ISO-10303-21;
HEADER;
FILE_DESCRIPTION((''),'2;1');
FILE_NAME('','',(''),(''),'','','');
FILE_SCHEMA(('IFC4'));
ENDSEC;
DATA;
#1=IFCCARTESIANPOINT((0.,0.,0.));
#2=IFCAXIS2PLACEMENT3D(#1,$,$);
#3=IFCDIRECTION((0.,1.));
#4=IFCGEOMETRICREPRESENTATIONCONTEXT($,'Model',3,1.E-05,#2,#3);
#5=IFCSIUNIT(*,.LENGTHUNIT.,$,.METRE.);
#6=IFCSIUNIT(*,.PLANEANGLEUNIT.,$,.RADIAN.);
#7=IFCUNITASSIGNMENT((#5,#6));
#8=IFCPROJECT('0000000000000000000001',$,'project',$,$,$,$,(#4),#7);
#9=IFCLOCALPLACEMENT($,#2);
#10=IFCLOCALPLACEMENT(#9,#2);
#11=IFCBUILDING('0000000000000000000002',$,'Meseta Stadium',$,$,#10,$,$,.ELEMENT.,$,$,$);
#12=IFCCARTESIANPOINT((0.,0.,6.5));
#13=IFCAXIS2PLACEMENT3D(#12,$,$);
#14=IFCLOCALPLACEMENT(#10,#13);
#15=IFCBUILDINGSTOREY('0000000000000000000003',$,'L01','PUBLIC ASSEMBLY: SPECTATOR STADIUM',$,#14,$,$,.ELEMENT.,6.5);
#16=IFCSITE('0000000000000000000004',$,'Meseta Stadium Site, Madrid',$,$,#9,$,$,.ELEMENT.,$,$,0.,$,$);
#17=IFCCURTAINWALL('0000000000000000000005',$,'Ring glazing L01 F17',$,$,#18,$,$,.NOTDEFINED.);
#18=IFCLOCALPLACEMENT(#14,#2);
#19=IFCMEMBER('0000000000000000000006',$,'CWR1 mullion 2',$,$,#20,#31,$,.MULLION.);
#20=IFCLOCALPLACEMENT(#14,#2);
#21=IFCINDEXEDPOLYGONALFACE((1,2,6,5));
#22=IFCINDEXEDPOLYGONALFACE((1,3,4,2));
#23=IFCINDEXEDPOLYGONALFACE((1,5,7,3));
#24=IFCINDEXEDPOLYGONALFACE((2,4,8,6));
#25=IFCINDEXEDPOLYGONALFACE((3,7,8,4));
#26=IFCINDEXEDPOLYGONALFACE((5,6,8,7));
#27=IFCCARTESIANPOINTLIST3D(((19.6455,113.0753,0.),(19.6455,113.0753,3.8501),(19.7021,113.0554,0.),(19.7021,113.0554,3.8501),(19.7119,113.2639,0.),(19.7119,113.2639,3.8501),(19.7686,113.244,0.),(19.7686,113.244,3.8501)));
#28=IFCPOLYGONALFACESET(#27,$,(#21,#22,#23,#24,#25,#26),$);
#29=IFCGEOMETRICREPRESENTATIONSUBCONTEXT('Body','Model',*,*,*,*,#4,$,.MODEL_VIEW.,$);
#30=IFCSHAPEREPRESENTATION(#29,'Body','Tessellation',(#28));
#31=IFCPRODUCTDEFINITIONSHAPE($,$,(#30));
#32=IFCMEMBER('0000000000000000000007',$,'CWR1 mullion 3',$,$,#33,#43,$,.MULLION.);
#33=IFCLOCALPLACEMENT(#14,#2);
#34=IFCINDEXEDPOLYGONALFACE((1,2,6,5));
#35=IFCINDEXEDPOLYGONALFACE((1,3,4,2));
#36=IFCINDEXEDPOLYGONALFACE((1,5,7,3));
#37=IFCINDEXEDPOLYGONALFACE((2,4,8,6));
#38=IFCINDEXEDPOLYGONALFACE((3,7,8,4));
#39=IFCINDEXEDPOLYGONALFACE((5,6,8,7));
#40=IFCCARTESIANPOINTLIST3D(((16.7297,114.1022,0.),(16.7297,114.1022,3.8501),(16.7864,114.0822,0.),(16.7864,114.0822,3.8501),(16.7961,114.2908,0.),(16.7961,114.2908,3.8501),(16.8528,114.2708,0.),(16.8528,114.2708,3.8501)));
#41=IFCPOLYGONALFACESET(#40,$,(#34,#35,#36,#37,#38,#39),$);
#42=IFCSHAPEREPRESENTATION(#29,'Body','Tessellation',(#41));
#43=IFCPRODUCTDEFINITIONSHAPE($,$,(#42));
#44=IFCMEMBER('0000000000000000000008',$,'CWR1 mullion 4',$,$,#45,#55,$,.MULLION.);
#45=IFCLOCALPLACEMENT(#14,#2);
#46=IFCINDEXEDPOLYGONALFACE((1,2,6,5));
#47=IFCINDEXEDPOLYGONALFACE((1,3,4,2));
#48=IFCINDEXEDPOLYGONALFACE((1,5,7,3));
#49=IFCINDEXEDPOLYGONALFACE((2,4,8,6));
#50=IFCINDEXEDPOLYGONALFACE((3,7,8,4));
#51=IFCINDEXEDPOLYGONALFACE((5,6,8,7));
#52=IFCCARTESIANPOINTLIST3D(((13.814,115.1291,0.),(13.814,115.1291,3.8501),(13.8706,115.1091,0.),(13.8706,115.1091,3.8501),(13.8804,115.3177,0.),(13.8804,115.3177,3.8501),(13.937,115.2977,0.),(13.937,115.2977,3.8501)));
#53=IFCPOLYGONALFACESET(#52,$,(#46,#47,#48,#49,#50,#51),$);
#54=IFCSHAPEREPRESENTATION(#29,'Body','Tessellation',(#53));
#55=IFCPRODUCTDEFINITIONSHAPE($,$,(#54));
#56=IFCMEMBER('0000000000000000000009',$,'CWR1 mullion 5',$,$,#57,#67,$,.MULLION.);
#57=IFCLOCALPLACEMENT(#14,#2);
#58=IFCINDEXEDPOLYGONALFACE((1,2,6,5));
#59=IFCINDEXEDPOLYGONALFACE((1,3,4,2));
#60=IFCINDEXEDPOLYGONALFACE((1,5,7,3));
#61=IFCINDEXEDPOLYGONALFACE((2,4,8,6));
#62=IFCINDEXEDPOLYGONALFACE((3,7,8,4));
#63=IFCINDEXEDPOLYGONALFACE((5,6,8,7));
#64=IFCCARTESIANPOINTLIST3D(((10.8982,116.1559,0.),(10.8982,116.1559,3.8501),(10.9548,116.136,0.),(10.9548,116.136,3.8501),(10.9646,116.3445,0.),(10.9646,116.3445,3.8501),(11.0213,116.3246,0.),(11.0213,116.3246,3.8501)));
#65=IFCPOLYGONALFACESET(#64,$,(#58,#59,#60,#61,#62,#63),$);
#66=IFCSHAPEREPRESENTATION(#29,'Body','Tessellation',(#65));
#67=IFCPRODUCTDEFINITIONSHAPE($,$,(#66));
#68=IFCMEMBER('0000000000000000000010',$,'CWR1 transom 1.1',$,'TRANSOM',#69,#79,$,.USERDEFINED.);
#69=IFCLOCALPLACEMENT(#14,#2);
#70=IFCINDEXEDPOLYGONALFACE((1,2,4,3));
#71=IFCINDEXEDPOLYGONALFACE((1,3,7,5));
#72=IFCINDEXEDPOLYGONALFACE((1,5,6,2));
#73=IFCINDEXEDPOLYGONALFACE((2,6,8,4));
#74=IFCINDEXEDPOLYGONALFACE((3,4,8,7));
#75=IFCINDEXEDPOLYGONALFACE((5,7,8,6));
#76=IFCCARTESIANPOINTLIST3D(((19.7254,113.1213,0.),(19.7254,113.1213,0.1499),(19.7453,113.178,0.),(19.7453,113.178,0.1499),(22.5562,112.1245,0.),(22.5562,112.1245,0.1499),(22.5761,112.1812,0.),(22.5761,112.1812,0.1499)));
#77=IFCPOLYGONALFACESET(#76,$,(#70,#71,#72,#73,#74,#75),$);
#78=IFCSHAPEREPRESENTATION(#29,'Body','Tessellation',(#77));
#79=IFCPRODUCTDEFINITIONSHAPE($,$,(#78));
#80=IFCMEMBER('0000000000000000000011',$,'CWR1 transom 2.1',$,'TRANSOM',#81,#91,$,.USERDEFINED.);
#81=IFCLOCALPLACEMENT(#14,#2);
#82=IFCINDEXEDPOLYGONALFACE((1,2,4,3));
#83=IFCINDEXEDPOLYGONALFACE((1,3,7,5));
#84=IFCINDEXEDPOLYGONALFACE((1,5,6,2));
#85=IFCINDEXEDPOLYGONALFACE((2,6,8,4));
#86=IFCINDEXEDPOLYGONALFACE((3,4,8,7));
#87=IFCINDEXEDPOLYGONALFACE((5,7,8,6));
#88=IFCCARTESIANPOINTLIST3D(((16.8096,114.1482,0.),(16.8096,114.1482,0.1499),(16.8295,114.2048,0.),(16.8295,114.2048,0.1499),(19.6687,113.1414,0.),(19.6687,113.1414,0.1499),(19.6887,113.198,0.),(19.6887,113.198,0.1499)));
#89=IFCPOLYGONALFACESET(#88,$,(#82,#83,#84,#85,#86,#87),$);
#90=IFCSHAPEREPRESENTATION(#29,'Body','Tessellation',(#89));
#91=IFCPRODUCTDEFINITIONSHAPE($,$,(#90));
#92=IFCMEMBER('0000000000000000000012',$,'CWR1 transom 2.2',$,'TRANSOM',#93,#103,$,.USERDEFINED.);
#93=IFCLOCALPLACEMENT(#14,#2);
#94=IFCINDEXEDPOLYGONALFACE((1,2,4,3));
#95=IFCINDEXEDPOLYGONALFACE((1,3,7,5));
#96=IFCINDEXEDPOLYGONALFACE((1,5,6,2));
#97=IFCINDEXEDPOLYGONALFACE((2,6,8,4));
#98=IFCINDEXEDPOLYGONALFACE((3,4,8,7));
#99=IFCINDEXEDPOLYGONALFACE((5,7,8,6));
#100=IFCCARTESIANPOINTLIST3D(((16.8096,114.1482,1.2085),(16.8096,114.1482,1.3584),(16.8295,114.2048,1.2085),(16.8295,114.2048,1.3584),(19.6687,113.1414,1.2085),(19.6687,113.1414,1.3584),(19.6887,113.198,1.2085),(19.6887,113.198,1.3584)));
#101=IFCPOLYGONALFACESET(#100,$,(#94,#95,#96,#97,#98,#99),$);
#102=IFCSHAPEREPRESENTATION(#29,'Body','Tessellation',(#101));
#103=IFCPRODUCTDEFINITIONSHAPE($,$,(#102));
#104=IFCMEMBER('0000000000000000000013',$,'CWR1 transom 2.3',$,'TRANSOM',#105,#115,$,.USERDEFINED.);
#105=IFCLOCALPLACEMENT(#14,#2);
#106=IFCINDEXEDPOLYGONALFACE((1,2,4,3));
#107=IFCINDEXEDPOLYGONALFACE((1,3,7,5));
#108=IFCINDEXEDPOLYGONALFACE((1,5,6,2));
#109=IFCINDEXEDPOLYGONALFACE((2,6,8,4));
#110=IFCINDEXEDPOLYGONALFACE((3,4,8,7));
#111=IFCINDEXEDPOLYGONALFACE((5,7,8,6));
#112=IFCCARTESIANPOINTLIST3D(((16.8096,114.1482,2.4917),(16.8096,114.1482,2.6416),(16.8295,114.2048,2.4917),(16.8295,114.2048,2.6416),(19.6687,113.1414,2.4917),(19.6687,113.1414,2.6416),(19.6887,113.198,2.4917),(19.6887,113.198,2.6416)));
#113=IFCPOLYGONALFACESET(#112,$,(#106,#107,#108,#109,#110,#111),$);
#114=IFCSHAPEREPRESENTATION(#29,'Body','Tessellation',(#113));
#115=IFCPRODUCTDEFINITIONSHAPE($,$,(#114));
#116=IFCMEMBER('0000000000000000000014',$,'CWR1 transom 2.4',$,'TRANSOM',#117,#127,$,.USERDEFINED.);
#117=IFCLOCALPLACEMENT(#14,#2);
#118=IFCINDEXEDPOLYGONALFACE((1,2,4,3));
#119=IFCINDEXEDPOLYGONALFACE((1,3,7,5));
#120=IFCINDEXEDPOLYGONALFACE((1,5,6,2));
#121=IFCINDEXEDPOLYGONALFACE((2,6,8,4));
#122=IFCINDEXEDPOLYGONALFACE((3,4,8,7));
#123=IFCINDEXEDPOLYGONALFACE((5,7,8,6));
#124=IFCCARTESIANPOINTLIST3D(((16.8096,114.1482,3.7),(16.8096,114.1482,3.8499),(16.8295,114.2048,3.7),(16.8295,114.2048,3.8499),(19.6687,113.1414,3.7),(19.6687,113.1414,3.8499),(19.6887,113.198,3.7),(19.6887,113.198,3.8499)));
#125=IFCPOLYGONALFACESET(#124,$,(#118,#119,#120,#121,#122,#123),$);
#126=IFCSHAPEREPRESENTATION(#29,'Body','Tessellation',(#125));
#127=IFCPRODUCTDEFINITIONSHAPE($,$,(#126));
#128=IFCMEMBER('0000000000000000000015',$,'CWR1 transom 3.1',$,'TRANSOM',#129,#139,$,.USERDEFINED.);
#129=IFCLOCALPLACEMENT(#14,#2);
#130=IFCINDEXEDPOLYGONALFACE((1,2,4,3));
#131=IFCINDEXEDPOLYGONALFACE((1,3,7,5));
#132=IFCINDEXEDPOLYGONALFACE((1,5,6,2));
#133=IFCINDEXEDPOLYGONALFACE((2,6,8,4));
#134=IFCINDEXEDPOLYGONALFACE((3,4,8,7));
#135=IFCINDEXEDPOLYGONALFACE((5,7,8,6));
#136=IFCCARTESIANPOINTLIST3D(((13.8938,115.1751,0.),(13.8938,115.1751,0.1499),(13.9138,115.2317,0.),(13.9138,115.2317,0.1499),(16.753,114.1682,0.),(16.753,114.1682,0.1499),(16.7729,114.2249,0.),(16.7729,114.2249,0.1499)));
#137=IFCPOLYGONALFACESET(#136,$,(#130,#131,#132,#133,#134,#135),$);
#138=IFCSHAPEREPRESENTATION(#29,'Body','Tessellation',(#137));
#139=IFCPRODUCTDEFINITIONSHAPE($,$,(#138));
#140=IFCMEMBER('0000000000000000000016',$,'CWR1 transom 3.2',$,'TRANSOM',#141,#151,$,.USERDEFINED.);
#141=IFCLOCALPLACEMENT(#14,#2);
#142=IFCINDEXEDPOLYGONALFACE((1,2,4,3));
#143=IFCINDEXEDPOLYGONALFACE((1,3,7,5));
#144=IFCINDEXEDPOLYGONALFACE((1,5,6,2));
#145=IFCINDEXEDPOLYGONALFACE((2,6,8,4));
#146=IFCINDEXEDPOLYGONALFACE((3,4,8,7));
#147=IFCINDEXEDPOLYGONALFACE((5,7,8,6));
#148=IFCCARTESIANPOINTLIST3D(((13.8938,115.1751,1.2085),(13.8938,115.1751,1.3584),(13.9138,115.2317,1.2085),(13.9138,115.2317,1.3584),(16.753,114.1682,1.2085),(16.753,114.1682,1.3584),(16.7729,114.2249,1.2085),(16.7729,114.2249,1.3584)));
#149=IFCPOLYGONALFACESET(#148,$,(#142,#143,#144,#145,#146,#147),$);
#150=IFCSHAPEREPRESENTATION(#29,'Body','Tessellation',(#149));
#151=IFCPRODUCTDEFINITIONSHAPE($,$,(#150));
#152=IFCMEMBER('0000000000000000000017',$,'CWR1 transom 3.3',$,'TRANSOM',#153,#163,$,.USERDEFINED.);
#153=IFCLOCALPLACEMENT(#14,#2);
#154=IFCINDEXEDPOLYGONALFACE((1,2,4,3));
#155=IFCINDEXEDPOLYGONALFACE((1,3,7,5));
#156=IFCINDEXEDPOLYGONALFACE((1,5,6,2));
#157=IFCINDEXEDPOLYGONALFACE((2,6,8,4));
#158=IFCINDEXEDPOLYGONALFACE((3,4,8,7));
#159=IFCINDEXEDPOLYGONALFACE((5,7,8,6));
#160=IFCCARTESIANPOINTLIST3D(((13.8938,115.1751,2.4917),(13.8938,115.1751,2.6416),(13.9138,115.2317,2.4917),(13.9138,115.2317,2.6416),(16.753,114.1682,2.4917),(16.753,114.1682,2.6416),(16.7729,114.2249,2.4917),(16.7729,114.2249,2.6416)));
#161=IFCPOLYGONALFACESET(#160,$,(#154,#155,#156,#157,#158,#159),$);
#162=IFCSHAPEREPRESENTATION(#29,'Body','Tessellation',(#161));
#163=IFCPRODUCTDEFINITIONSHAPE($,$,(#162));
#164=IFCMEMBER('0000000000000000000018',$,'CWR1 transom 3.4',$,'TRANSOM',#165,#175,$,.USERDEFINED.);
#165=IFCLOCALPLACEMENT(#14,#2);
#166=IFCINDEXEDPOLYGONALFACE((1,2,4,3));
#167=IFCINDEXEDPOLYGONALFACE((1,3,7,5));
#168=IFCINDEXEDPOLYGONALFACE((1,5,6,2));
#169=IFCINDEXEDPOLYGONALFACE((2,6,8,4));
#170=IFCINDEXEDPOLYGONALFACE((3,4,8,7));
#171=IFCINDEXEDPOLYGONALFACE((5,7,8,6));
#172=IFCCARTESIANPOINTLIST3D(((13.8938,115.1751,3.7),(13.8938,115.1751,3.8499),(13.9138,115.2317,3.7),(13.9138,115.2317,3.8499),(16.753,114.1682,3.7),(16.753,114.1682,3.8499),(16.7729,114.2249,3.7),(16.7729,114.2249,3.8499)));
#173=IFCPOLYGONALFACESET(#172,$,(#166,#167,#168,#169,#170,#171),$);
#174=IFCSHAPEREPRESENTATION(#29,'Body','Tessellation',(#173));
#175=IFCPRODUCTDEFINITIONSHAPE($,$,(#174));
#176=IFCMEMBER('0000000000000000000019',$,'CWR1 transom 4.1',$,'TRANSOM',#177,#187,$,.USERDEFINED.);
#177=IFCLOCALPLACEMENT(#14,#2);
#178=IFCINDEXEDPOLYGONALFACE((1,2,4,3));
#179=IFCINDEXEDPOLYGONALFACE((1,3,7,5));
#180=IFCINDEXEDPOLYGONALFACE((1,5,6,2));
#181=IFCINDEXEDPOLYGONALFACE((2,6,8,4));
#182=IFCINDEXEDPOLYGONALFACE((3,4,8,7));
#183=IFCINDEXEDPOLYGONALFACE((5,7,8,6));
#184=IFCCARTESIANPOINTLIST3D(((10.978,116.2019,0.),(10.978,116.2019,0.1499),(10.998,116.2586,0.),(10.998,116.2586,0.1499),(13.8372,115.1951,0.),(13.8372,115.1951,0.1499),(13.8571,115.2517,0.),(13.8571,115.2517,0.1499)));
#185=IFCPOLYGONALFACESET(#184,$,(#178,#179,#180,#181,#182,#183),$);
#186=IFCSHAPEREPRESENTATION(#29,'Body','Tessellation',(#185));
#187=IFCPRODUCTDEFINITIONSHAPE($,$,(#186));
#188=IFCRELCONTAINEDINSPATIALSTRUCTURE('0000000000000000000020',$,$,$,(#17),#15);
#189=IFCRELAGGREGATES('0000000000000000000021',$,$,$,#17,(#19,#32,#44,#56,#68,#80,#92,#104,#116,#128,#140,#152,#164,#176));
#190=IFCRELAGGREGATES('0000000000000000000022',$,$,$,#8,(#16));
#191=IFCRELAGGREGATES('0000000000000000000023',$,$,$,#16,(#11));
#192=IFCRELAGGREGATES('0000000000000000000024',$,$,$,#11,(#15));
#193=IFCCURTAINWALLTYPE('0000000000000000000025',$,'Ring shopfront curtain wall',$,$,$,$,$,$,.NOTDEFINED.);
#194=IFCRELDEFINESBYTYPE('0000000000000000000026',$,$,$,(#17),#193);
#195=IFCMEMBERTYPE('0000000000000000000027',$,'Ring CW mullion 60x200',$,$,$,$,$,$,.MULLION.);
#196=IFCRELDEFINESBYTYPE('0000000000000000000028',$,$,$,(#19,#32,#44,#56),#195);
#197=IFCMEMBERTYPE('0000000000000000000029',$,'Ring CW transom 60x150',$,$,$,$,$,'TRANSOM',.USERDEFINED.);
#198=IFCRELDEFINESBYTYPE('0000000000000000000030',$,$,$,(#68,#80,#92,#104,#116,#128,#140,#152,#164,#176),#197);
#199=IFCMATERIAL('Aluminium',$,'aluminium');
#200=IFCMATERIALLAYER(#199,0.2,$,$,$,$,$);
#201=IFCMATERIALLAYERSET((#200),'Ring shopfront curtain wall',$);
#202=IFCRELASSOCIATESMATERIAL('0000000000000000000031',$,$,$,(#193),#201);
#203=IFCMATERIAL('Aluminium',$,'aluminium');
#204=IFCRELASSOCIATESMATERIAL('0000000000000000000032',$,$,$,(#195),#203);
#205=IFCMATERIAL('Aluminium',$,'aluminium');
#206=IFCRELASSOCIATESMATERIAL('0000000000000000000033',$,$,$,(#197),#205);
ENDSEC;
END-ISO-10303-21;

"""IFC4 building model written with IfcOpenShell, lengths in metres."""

from ifc_helpers import new_model, si_unit, direction, frame, origin, origin_2d, place, context, subcontext, project, spatial, rectangle, extrude, material, layer, layer_set, material_profile, profile_set, type_object, element, aggregate, save


model = new_model("IFC4")

# Units and contexts
model_context = context("Model", 3, precision=1e-05, world=origin(), true_north=direction((0.0, 1.0)))
body_context = subcontext(model_context, "Body", "Model", "MODEL_VIEW")
ifc_project = project(units=[si_unit("LENGTHUNIT", "METRE"), si_unit("PLANEANGLEUNIT", "RADIAN")], contexts=[model_context])

# Site, building, storey
site_placement = place(None, origin())
site = spatial("IfcSite", under=ifc_project, at=site_placement, Name="Meseta Stadium Site, Madrid", CompositionType="ELEMENT", RefElevation=0.0)
building_placement = place(site_placement, origin())
building = spatial("IfcBuilding", under=site, at=building_placement, Name="Meseta Stadium", CompositionType="ELEMENT")
storey_placement = place(building_placement, frame((0.0, 0.0, 6.5)))
storey = spatial("IfcBuildingStorey", under=building, at=storey_placement, Name="L01", Description="PUBLIC ASSEMBLY: SPECTATOR STADIUM", CompositionType="ELEMENT", Elevation=6.5)

# Curtain wall, members
ifc_material_1 = material(Name="Aluminium", Category="aluminium")
ifc_layer_1 = layer(ifc_material_1, 0.2)
ifc_layer_set_1 = layer_set([ifc_layer_1], Name="Ring shopfront curtain wall")
curtain_wall_type = type_object("IfcCurtainWallType", Name="Ring shopfront curtain wall", PredefinedType="NOTDEFINED", material=ifc_layer_set_1)
curtain_wall_placement = place(storey_placement, origin())
curtain_wall = element("IfcCurtainWall", 1, at=curtain_wall_placement, inside=storey, type_object=curtain_wall_type, Name="Ring glazing L01 F17", PredefinedType="NOTDEFINED")
ifc_material_2 = material(Name="Aluminium", Category="aluminium")
ifc_material_profile_1 = material_profile(ifc_material_2, rectangle(XDim=0.2, YDim=0.0601, at=origin_2d()), Name="CW 200x60")
ifc_profile_set_1 = profile_set([ifc_material_profile_1], Name="Aluminium")
member_type_1 = type_object("IfcMemberType", Name="Ring CW mullion 60x200", PredefinedType="MULLION", material=ifc_profile_set_1)
member_1_placement = place(storey_placement, frame((19.707, 113.1597, 0.0), z_axis=(0.0, 0.0, 1.0), x_axis=(-0.332174, -0.943218, 0.0)))
member_1 = element("IfcMember", 2, at=member_1_placement, type_object=member_type_1, Name="CWR1 mullion 2", PredefinedType="MULLION", context=body_context, shape_type="SweptSolid", body=[
    extrude(rectangle(XDim=0.2, YDim=0.0601, at=origin_2d()), origin(), (0.0, 0.0, 1.0), 3.8501),
])
member_2_placement = place(storey_placement, frame((16.7913, 114.1865, 0.0), z_axis=(0.0, 0.0, 1.0), x_axis=(-0.332174, -0.943218, 0.0)))
member_2 = element("IfcMember", 3, at=member_2_placement, type_object=member_type_1, Name="CWR1 mullion 3", PredefinedType="MULLION", context=body_context, shape_type="SweptSolid", body=[
    extrude(rectangle(XDim=0.2, YDim=0.0601, at=origin_2d()), origin(), (0.0, 0.0, 1.0), 3.8501),
])
member_3_placement = place(storey_placement, frame((13.8755, 115.2134, 0.0), z_axis=(0.0, 0.0, 1.0), x_axis=(-0.332174, -0.943218, 0.0)))
member_3 = element("IfcMember", 4, at=member_3_placement, type_object=member_type_1, Name="CWR1 mullion 4", PredefinedType="MULLION", context=body_context, shape_type="SweptSolid", body=[
    extrude(rectangle(XDim=0.2, YDim=0.0601, at=origin_2d()), origin(), (0.0, 0.0, 1.0), 3.8501),
])
member_4_placement = place(storey_placement, frame((10.9597, 116.2402, 0.0), z_axis=(0.0, 0.0, 1.0), x_axis=(-0.332174, -0.943218, 0.0)))
member_4 = element("IfcMember", 5, at=member_4_placement, type_object=member_type_1, Name="CWR1 mullion 5", PredefinedType="MULLION", context=body_context, shape_type="SweptSolid", body=[
    extrude(rectangle(XDim=0.2, YDim=0.0601, at=origin_2d()), origin(), (0.0, 0.0, 1.0), 3.8501),
])
ifc_material_3 = material(Name="Aluminium", Category="aluminium")
ifc_material_profile_2 = material_profile(ifc_material_3, rectangle(XDim=0.0601, YDim=0.1499, at=origin_2d()), Name="CW 60x150")
ifc_profile_set_2 = profile_set([ifc_material_profile_2], Name="Aluminium")
member_type_2 = type_object("IfcMemberType", Name="Ring CW transom 60x150", ElementType="TRANSOM", PredefinedType="USERDEFINED", material=ifc_profile_set_2)
member_5_placement = place(storey_placement, frame((22.5662, 112.1528, 0.075), z_axis=(-0.943229, 0.332143, 0.0), x_axis=(-0.332143, -0.943229, 0.0)))
member_5 = element("IfcMember", 6, at=member_5_placement, type_object=member_type_2, Name="CWR1 transom 1.1", ObjectType="TRANSOM", PredefinedType="USERDEFINED", context=body_context, shape_type="SweptSolid", body=[
    extrude(rectangle(XDim=0.0601, YDim=0.1499, at=origin_2d()), origin(), (0.0, 0.0, 1.0), 3.0012),
])
member_6_placement = place(storey_placement, frame((19.6787, 113.1697, 0.075), z_axis=(-0.943225, 0.332154, 0.0), x_axis=(-0.332154, -0.943225, 0.0)))
member_6 = element("IfcMember", 7, at=member_6_placement, type_object=member_type_2, Name="CWR1 transom 2.1", ObjectType="TRANSOM", PredefinedType="USERDEFINED", context=body_context, shape_type="SweptSolid", body=[
    extrude(rectangle(XDim=0.0601, YDim=0.1499, at=origin_2d()), origin(), (0.0, 0.0, 1.0), 3.0312),
])
member_7_placement = place(storey_placement, frame((19.6787, 113.1697, 1.2834), z_axis=(-0.943225, 0.332154, 0.0), x_axis=(-0.332154, -0.943225, 0.0)))
member_7 = element("IfcMember", 8, at=member_7_placement, type_object=member_type_2, Name="CWR1 transom 2.2", ObjectType="TRANSOM", PredefinedType="USERDEFINED", context=body_context, shape_type="SweptSolid", body=[
    extrude(rectangle(XDim=0.0601, YDim=0.1499, at=origin_2d()), origin(), (0.0, 0.0, 1.0), 3.0312),
])
member_8_placement = place(storey_placement, frame((19.6787, 113.1697, 2.5667), z_axis=(-0.943225, 0.332154, 0.0), x_axis=(-0.332154, -0.943225, 0.0)))
member_8 = element("IfcMember", 9, at=member_8_placement, type_object=member_type_2, Name="CWR1 transom 2.3", ObjectType="TRANSOM", PredefinedType="USERDEFINED", context=body_context, shape_type="SweptSolid", body=[
    extrude(rectangle(XDim=0.0601, YDim=0.1499, at=origin_2d()), origin(), (0.0, 0.0, 1.0), 3.0312),
])
member_9_placement = place(storey_placement, frame((19.6787, 113.1697, 3.7749), z_axis=(-0.943225, 0.332154, 0.0), x_axis=(-0.332154, -0.943225, 0.0)))
member_9 = element("IfcMember", 10, at=member_9_placement, type_object=member_type_2, Name="CWR1 transom 2.4", ObjectType="TRANSOM", PredefinedType="USERDEFINED", context=body_context, shape_type="SweptSolid", body=[
    extrude(rectangle(XDim=0.0601, YDim=0.1499, at=origin_2d()), origin(), (0.0, 0.0, 1.0), 3.0312),
])
member_10_placement = place(storey_placement, frame((16.7629, 114.1965, 0.075), z_axis=(-0.943225, 0.332154, 0.0), x_axis=(-0.332154, -0.943225, 0.0)))
member_10 = element("IfcMember", 11, at=member_10_placement, type_object=member_type_2, Name="CWR1 transom 3.1", ObjectType="TRANSOM", PredefinedType="USERDEFINED", context=body_context, shape_type="SweptSolid", body=[
    extrude(rectangle(XDim=0.0601, YDim=0.1499, at=origin_2d()), origin(), (0.0, 0.0, 1.0), 3.0312),
])
member_11_placement = place(storey_placement, frame((16.7629, 114.1965, 1.2834), z_axis=(-0.943225, 0.332154, 0.0), x_axis=(-0.332154, -0.943225, 0.0)))
member_11 = element("IfcMember", 12, at=member_11_placement, type_object=member_type_2, Name="CWR1 transom 3.2", ObjectType="TRANSOM", PredefinedType="USERDEFINED", context=body_context, shape_type="SweptSolid", body=[
    extrude(rectangle(XDim=0.0601, YDim=0.1499, at=origin_2d()), origin(), (0.0, 0.0, 1.0), 3.0312),
])
member_12_placement = place(storey_placement, frame((16.7629, 114.1965, 2.5667), z_axis=(-0.943225, 0.332154, 0.0), x_axis=(-0.332154, -0.943225, 0.0)))
member_12 = element("IfcMember", 13, at=member_12_placement, type_object=member_type_2, Name="CWR1 transom 3.3", ObjectType="TRANSOM", PredefinedType="USERDEFINED", context=body_context, shape_type="SweptSolid", body=[
    extrude(rectangle(XDim=0.0601, YDim=0.1499, at=origin_2d()), origin(), (0.0, 0.0, 1.0), 3.0312),
])
member_13_placement = place(storey_placement, frame((16.7629, 114.1965, 3.7749), z_axis=(-0.943225, 0.332154, 0.0), x_axis=(-0.332154, -0.943225, 0.0)))
member_13 = element("IfcMember", 14, at=member_13_placement, type_object=member_type_2, Name="CWR1 transom 3.4", ObjectType="TRANSOM", PredefinedType="USERDEFINED", context=body_context, shape_type="SweptSolid", body=[
    extrude(rectangle(XDim=0.0601, YDim=0.1499, at=origin_2d()), origin(), (0.0, 0.0, 1.0), 3.0312),
])
member_14_placement = place(storey_placement, frame((13.8472, 115.2234, 0.075), z_axis=(-0.943225, 0.332154, 0.0), x_axis=(-0.332154, -0.943225, 0.0)))
member_14 = element("IfcMember", 15, at=member_14_placement, type_object=member_type_2, Name="CWR1 transom 4.1", ObjectType="TRANSOM", PredefinedType="USERDEFINED", context=body_context, shape_type="SweptSolid", body=[
    extrude(rectangle(XDim=0.0601, YDim=0.1499, at=origin_2d()), origin(), (0.0, 0.0, 1.0), 3.0312),
])
aggregate(curtain_wall, [member_1, member_2, member_3, member_4, member_5, member_6, member_7, member_8, member_9, member_10, member_11, member_12, member_13, member_14])

save(model, "model.ifc")
